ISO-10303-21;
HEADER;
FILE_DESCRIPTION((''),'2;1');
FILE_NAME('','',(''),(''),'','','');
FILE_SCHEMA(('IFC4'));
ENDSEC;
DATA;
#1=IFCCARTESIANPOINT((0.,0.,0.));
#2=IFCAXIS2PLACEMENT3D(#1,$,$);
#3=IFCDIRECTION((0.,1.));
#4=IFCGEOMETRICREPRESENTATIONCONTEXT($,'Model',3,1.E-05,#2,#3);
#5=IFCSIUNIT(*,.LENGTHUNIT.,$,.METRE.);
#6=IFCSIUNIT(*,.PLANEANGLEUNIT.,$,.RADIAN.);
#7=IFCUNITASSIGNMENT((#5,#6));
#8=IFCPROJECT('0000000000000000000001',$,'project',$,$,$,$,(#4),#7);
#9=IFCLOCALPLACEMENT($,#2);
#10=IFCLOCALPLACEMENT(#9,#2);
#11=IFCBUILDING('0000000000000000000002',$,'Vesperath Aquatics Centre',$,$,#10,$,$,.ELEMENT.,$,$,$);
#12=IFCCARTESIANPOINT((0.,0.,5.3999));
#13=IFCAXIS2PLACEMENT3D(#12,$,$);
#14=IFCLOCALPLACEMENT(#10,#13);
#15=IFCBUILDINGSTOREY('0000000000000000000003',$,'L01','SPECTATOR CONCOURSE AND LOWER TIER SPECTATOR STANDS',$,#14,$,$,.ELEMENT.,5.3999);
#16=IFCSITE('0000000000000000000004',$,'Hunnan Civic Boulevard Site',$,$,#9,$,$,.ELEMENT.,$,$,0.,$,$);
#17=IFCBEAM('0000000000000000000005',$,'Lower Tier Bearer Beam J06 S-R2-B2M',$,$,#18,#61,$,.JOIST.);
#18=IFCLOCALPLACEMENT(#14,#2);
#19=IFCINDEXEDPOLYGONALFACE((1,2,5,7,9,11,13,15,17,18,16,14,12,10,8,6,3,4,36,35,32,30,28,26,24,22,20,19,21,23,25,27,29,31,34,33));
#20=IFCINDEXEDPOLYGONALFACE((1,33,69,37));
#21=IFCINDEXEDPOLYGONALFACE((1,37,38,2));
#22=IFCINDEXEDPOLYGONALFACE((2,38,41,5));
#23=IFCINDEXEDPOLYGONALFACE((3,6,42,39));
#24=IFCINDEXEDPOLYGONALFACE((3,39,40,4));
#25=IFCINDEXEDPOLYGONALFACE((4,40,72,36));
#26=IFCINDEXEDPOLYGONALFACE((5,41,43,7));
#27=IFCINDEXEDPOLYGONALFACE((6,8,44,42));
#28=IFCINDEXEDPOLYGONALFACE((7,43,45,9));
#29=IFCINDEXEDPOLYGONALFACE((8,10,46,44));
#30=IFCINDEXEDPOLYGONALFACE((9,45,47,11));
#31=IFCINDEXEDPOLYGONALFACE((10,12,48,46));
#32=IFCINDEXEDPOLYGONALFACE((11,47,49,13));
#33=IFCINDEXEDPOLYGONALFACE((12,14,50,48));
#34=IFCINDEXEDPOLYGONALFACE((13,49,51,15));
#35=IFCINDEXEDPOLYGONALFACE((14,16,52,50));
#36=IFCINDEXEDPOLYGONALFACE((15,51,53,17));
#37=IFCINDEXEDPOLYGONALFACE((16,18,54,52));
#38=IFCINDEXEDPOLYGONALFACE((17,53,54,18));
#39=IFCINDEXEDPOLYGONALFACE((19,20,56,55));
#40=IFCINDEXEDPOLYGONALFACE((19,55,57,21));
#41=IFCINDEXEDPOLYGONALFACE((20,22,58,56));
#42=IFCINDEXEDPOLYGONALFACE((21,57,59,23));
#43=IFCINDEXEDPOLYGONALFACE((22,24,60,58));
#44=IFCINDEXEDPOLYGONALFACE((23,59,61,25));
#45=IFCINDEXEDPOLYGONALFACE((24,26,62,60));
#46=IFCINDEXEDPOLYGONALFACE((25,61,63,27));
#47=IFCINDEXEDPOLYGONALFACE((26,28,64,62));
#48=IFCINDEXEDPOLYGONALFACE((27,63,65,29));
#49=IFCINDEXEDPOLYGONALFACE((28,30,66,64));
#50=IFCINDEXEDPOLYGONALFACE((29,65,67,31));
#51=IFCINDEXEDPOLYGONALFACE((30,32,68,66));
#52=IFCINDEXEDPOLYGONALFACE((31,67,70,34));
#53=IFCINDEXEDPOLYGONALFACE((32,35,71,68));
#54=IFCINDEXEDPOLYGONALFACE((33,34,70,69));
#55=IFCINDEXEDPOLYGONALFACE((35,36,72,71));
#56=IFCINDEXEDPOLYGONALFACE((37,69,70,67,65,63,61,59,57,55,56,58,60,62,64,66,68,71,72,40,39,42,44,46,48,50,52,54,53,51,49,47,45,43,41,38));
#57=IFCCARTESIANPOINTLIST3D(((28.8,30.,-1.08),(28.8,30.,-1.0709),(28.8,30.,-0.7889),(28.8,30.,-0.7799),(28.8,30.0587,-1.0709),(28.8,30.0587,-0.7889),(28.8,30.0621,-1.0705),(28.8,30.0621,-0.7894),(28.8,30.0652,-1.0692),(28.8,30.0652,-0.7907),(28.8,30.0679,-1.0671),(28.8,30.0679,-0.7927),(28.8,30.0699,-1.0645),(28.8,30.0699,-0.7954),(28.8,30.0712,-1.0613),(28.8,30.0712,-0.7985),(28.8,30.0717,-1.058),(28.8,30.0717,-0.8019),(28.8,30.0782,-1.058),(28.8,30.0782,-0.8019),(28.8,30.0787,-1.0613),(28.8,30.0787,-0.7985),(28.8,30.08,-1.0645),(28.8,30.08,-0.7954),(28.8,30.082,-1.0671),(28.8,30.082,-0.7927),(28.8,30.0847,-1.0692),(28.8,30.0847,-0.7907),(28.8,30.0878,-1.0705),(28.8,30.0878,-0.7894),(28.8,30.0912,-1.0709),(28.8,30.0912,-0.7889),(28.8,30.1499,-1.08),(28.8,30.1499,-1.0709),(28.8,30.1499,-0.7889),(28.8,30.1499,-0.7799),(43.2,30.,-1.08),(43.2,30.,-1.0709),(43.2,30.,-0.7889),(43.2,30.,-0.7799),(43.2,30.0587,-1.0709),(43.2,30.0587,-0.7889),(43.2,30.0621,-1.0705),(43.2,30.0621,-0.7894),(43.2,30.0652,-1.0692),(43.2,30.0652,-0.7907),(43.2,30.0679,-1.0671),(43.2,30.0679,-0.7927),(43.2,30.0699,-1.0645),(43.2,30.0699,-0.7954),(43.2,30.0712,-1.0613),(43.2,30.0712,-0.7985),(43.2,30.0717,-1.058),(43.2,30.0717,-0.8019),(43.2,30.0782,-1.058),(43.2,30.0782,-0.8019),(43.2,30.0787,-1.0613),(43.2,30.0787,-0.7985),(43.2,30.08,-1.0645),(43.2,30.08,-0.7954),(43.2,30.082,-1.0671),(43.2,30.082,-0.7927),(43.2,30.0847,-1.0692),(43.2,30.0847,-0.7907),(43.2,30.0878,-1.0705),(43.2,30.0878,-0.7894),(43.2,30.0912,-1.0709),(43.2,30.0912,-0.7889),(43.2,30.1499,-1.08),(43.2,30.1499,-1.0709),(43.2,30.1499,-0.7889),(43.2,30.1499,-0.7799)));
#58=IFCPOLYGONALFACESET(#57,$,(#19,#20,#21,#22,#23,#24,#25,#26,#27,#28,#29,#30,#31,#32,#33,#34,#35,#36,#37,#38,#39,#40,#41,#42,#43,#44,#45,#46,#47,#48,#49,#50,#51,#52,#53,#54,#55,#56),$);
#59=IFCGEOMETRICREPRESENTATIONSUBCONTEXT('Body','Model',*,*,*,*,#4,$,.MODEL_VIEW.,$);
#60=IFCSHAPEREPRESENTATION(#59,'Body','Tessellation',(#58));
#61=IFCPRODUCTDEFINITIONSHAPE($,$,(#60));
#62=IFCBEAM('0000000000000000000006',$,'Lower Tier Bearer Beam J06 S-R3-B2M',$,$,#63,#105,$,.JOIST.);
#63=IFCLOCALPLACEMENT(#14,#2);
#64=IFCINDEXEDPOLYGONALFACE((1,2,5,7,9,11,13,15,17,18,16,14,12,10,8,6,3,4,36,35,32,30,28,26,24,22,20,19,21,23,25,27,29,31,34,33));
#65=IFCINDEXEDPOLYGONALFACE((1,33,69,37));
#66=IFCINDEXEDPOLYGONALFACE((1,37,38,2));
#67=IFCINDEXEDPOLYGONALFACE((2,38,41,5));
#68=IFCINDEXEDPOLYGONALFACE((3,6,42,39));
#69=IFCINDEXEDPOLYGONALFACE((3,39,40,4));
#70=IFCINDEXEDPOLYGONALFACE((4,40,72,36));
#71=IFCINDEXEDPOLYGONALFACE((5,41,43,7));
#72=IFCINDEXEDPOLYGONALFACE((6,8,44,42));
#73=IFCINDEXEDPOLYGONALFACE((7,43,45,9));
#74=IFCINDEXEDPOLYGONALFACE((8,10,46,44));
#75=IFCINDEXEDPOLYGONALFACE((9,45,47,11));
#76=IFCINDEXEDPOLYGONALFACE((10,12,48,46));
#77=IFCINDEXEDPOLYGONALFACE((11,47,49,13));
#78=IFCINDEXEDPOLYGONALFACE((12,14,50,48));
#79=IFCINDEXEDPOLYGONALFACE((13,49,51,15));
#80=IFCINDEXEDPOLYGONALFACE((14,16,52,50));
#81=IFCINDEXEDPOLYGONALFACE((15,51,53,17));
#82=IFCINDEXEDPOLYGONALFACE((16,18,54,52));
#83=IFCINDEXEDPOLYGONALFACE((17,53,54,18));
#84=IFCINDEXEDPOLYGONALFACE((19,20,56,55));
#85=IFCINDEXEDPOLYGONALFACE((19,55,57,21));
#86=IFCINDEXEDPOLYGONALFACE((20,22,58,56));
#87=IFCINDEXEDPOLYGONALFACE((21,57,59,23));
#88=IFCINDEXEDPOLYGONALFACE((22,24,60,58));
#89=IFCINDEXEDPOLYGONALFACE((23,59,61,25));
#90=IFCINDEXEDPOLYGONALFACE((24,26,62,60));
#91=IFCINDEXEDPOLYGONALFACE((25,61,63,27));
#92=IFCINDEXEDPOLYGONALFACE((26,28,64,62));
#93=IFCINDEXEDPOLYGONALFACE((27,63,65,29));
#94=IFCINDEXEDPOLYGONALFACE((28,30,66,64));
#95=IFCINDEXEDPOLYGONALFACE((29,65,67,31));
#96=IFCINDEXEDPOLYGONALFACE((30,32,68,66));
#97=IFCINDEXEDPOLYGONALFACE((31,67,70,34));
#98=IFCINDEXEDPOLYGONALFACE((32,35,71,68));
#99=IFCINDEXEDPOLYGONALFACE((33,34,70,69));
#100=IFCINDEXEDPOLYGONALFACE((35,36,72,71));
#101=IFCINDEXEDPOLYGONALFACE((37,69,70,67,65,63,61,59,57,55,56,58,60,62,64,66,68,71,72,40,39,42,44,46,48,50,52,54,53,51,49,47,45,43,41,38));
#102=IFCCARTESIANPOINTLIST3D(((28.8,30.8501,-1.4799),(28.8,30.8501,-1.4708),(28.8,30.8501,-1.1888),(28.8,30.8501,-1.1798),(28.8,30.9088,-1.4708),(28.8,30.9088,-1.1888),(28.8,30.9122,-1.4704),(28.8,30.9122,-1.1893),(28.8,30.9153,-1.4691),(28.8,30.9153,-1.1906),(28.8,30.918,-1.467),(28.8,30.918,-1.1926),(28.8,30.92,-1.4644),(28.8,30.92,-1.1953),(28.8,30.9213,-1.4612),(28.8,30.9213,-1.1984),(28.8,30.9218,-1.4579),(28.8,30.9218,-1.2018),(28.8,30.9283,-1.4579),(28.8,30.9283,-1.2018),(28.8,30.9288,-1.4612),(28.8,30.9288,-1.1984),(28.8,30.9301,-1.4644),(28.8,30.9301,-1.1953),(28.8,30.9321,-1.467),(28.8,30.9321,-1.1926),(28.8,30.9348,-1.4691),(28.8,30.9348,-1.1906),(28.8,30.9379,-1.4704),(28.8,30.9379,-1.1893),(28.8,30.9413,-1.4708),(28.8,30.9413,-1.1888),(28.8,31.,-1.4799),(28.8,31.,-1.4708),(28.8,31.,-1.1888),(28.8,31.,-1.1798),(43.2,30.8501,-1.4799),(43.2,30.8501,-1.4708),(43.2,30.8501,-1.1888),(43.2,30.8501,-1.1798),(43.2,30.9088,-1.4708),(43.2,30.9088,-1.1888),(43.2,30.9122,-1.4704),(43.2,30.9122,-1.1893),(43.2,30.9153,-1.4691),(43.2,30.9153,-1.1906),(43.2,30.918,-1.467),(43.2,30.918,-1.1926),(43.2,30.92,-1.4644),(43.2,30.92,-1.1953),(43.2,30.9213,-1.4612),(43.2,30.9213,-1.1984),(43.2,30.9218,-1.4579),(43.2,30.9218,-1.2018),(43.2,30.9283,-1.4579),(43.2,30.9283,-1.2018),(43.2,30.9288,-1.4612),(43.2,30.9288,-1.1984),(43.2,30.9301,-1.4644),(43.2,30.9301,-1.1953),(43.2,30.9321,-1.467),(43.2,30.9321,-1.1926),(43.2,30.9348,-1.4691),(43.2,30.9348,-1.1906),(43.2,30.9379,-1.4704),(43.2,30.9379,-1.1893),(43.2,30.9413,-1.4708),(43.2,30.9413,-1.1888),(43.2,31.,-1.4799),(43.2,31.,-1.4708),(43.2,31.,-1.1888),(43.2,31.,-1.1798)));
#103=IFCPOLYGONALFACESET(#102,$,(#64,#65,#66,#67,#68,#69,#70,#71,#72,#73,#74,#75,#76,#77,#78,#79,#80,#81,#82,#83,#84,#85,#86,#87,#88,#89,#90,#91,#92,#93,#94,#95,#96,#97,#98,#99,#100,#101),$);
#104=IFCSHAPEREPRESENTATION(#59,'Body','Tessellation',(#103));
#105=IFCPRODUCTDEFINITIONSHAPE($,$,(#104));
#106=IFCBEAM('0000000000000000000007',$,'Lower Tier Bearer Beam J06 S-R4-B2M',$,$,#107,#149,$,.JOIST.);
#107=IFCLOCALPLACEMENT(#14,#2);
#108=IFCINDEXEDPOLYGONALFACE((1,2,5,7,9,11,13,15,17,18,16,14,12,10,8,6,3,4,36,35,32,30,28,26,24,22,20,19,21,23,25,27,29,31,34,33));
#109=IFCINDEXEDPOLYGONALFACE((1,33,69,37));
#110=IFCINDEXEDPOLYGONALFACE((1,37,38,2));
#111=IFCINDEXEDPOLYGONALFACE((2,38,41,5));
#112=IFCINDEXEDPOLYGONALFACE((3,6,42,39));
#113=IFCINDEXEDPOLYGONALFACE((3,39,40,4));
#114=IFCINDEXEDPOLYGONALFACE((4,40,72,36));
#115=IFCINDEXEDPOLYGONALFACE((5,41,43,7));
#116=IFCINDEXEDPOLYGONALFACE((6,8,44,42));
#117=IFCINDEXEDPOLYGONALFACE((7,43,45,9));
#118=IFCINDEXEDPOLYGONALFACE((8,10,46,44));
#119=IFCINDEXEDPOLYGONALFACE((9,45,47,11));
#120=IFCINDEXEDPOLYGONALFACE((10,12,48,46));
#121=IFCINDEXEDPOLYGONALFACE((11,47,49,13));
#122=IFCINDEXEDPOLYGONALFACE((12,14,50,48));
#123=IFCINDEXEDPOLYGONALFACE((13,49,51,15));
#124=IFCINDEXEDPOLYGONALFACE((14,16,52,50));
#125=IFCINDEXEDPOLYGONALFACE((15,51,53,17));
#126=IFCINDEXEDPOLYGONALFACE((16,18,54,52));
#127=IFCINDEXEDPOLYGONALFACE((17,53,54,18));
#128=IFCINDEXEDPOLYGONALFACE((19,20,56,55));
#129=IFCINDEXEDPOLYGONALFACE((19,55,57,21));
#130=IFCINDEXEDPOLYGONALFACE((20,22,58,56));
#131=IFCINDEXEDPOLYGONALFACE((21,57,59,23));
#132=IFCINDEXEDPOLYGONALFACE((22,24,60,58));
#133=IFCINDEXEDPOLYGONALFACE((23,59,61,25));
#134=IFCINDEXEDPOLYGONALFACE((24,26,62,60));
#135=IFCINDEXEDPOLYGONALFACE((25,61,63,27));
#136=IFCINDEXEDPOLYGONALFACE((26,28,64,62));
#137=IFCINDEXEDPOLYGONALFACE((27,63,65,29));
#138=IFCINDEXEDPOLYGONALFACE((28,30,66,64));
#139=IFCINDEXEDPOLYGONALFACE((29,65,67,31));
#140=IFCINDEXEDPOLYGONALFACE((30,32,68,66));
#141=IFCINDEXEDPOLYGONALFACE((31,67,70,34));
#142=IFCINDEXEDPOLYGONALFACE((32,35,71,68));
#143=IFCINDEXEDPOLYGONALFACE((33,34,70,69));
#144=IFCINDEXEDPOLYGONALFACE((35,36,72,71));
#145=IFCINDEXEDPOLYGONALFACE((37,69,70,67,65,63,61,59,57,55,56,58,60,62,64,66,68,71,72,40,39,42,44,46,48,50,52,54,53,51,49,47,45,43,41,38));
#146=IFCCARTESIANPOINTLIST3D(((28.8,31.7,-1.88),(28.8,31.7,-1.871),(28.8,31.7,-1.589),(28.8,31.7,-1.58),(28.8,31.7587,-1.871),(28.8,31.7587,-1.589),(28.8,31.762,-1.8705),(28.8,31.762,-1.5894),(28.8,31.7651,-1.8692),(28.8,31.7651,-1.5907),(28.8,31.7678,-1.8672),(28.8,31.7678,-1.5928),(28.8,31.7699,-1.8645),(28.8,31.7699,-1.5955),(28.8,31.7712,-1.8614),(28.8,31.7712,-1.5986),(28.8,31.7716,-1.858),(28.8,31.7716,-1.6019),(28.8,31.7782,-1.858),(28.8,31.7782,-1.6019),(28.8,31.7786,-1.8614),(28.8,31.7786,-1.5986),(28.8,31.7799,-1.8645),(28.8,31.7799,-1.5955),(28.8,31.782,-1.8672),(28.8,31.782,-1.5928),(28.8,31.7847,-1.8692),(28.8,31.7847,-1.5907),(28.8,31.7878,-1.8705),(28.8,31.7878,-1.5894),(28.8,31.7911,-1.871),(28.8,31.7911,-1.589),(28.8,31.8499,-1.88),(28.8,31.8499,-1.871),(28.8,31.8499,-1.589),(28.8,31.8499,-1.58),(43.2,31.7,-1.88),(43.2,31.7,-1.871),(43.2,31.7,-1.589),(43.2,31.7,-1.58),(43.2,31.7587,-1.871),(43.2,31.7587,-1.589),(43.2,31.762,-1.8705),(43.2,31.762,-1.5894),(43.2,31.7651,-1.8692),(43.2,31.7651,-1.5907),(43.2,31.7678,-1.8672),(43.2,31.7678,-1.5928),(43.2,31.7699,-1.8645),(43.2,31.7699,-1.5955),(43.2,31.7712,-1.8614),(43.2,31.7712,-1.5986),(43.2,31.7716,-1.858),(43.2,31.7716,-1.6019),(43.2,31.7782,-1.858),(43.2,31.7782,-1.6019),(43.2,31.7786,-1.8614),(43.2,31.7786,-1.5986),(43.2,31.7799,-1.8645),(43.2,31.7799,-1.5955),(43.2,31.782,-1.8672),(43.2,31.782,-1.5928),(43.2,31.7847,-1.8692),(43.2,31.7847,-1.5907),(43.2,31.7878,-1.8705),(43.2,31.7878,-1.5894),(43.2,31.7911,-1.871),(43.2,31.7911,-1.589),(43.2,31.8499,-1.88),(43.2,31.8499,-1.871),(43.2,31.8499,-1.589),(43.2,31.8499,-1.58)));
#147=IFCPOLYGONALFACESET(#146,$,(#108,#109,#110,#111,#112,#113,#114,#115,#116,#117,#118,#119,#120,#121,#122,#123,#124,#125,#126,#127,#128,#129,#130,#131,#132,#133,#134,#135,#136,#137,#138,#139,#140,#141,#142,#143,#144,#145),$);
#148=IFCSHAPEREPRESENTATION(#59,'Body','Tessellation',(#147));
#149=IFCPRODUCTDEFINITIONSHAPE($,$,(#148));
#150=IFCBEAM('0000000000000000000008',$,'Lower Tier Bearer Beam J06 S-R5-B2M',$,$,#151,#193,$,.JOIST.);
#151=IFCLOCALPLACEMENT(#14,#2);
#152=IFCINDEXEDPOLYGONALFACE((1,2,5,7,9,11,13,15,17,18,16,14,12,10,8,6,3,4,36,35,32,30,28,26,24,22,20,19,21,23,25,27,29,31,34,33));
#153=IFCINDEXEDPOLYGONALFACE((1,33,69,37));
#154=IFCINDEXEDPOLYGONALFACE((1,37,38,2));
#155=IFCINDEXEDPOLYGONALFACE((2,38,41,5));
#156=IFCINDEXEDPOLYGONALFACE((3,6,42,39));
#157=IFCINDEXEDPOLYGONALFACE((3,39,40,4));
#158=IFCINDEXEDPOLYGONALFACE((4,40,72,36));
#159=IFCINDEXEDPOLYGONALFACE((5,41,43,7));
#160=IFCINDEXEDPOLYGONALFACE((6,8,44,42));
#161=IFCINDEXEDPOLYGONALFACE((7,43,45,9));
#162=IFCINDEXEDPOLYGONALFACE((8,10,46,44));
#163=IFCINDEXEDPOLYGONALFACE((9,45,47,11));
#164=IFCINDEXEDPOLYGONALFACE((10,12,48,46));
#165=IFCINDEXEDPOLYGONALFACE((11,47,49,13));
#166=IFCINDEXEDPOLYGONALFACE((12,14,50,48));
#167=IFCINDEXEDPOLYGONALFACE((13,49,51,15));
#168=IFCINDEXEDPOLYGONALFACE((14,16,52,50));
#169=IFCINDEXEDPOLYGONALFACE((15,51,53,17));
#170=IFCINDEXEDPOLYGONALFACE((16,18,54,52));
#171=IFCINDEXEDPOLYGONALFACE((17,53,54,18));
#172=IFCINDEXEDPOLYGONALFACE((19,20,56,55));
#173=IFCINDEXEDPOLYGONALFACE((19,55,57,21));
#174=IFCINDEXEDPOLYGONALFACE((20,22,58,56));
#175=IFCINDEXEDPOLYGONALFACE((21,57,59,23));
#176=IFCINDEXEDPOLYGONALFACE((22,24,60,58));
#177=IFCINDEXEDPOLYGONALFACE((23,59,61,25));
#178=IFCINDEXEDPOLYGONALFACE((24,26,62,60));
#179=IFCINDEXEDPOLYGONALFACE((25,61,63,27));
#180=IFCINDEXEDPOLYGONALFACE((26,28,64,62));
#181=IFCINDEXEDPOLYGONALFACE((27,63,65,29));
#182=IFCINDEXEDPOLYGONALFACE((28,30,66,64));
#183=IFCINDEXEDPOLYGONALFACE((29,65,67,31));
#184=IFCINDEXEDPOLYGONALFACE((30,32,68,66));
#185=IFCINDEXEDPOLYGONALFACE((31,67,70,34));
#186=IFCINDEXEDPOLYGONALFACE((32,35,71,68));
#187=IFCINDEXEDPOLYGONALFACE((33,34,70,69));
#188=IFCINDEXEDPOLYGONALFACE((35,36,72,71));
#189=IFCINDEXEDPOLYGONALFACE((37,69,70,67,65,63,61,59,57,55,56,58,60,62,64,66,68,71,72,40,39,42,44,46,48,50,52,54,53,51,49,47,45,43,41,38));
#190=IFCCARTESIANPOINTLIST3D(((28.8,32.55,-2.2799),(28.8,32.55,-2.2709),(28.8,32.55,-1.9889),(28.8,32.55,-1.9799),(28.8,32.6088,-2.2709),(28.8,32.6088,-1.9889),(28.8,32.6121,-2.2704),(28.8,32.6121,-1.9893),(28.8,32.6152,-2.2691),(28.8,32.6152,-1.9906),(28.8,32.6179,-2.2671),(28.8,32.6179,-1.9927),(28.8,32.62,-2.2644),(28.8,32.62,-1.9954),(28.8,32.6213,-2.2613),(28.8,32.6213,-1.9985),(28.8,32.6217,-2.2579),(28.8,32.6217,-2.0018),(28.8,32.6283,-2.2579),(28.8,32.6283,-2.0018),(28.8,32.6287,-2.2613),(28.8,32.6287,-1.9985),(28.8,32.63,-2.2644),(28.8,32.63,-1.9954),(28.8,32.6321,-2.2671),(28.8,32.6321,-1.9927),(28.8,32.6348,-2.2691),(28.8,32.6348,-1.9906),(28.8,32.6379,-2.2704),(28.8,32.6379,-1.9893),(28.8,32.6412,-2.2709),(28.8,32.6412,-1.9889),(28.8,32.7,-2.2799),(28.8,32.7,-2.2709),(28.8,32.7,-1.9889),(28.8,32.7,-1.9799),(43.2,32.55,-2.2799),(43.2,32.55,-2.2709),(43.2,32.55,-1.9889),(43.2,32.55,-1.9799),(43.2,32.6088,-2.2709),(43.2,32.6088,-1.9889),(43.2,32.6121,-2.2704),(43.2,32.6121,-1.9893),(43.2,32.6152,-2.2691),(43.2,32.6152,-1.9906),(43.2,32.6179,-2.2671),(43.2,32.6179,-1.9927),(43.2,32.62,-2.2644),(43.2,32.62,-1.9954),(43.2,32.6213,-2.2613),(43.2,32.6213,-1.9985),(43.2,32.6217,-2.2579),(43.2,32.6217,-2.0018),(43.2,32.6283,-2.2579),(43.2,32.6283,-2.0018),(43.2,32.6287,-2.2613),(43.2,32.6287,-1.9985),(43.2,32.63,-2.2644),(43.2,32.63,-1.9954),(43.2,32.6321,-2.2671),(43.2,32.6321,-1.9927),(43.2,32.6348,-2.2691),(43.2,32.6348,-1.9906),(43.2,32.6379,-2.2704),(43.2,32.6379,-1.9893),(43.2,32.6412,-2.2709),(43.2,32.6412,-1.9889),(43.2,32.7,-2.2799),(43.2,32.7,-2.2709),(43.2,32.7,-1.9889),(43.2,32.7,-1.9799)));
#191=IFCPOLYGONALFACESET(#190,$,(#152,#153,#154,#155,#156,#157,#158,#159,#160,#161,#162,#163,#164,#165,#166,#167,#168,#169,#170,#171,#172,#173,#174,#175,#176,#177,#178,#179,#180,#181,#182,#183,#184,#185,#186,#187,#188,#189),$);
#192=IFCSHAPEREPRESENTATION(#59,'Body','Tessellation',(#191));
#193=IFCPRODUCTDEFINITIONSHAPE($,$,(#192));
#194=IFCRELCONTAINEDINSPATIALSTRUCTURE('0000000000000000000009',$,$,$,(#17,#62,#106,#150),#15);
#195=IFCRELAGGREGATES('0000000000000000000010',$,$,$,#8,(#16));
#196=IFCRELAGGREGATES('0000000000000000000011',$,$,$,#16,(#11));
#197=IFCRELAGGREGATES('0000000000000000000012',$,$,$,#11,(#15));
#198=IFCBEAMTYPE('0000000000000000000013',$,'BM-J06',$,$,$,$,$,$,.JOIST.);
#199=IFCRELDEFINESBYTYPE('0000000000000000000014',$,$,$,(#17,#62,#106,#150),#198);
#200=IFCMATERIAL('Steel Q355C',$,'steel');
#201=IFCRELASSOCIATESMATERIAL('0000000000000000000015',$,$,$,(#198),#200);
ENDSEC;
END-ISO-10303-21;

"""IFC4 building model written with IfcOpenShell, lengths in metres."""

from ifc_helpers import new_model, si_unit, direction, frame, origin, origin_2d, place, context, subcontext, project, spatial, i_section, extrude, material, material_profile, profile_set, type_object, element, save


model = new_model("IFC4")

# Units and contexts
model_context = context("Model", 3, precision=1e-05, world=origin(), true_north=direction((0.0, 1.0)))
body_context = subcontext(model_context, "Body", "Model", "MODEL_VIEW")
ifc_project = project(units=[si_unit("LENGTHUNIT", "METRE"), si_unit("PLANEANGLEUNIT", "RADIAN")], contexts=[model_context])

# Site, building, storey
site_placement = place(None, origin())
site = spatial("IfcSite", under=ifc_project, at=site_placement, Name="Hunnan Civic Boulevard Site", CompositionType="ELEMENT", RefElevation=0.0)
building_placement = place(site_placement, origin())
building = spatial("IfcBuilding", under=site, at=building_placement, Name="Vesperath Aquatics Centre", CompositionType="ELEMENT")
storey_placement = place(building_placement, frame((0.0, 0.0, 5.3999)))
storey = spatial("IfcBuildingStorey", under=building, at=storey_placement, Name="L01", Description="SPECTATOR CONCOURSE AND LOWER TIER SPECTATOR STANDS", CompositionType="ELEMENT", Elevation=5.3999)

# Beams
ifc_material_1 = material(Name="Steel Q355C", Category="steel")
ifc_material_profile_1 = material_profile(ifc_material_1, i_section(OverallWidth=0.1499, OverallDepth=0.3, WebThickness=0.0066, FlangeThickness=0.009, FilletRadius=0.0129, at=origin_2d()), Name="HN 300x150x6.5x9")
ifc_profile_set_1 = profile_set([ifc_material_profile_1], Name="Steel Q355C")
beam_type_1 = type_object("IfcBeamType", Name="BM-J06", PredefinedType="JOIST", material=ifc_profile_set_1)
for number, where, z_axis, x_axis, name in (
    (1, (28.8, 30.075, -0.9299), (1.0, 0.0, 0.0), (0.0, 1.0, 0.0), "Lower Tier Bearer Beam J06 S-R2-B2M"),
    (2, (28.8, 30.925, -1.3298), (1.0, 0.0, 0.0), (0.0, 1.0, 0.0), "Lower Tier Bearer Beam J06 S-R3-B2M"),
    (3, (28.8, 31.7749, -1.73), (1.0, 0.0, 0.0), (0.0, 1.0, 0.0), "Lower Tier Bearer Beam J06 S-R4-B2M"),
    (4, (28.8, 32.625, -2.1299), (1.0, 0.0, 0.0), (0.0, 1.0, 0.0), "Lower Tier Bearer Beam J06 S-R5-B2M"),
):
    element("IfcBeam", number, at=place(storey_placement, frame(where, z_axis=z_axis, x_axis=x_axis)), inside=storey, type_object=beam_type_1, Name=name, PredefinedType="JOIST", context=body_context, shape_type="SweptSolid", body=[
        extrude(i_section(OverallWidth=0.1499, OverallDepth=0.3, WebThickness=0.0066, FlangeThickness=0.009, FilletRadius=0.0129, at=origin_2d()), origin(), (0.0, 0.0, 1.0), 14.3999),
    ])

save(model, "model.ifc")
